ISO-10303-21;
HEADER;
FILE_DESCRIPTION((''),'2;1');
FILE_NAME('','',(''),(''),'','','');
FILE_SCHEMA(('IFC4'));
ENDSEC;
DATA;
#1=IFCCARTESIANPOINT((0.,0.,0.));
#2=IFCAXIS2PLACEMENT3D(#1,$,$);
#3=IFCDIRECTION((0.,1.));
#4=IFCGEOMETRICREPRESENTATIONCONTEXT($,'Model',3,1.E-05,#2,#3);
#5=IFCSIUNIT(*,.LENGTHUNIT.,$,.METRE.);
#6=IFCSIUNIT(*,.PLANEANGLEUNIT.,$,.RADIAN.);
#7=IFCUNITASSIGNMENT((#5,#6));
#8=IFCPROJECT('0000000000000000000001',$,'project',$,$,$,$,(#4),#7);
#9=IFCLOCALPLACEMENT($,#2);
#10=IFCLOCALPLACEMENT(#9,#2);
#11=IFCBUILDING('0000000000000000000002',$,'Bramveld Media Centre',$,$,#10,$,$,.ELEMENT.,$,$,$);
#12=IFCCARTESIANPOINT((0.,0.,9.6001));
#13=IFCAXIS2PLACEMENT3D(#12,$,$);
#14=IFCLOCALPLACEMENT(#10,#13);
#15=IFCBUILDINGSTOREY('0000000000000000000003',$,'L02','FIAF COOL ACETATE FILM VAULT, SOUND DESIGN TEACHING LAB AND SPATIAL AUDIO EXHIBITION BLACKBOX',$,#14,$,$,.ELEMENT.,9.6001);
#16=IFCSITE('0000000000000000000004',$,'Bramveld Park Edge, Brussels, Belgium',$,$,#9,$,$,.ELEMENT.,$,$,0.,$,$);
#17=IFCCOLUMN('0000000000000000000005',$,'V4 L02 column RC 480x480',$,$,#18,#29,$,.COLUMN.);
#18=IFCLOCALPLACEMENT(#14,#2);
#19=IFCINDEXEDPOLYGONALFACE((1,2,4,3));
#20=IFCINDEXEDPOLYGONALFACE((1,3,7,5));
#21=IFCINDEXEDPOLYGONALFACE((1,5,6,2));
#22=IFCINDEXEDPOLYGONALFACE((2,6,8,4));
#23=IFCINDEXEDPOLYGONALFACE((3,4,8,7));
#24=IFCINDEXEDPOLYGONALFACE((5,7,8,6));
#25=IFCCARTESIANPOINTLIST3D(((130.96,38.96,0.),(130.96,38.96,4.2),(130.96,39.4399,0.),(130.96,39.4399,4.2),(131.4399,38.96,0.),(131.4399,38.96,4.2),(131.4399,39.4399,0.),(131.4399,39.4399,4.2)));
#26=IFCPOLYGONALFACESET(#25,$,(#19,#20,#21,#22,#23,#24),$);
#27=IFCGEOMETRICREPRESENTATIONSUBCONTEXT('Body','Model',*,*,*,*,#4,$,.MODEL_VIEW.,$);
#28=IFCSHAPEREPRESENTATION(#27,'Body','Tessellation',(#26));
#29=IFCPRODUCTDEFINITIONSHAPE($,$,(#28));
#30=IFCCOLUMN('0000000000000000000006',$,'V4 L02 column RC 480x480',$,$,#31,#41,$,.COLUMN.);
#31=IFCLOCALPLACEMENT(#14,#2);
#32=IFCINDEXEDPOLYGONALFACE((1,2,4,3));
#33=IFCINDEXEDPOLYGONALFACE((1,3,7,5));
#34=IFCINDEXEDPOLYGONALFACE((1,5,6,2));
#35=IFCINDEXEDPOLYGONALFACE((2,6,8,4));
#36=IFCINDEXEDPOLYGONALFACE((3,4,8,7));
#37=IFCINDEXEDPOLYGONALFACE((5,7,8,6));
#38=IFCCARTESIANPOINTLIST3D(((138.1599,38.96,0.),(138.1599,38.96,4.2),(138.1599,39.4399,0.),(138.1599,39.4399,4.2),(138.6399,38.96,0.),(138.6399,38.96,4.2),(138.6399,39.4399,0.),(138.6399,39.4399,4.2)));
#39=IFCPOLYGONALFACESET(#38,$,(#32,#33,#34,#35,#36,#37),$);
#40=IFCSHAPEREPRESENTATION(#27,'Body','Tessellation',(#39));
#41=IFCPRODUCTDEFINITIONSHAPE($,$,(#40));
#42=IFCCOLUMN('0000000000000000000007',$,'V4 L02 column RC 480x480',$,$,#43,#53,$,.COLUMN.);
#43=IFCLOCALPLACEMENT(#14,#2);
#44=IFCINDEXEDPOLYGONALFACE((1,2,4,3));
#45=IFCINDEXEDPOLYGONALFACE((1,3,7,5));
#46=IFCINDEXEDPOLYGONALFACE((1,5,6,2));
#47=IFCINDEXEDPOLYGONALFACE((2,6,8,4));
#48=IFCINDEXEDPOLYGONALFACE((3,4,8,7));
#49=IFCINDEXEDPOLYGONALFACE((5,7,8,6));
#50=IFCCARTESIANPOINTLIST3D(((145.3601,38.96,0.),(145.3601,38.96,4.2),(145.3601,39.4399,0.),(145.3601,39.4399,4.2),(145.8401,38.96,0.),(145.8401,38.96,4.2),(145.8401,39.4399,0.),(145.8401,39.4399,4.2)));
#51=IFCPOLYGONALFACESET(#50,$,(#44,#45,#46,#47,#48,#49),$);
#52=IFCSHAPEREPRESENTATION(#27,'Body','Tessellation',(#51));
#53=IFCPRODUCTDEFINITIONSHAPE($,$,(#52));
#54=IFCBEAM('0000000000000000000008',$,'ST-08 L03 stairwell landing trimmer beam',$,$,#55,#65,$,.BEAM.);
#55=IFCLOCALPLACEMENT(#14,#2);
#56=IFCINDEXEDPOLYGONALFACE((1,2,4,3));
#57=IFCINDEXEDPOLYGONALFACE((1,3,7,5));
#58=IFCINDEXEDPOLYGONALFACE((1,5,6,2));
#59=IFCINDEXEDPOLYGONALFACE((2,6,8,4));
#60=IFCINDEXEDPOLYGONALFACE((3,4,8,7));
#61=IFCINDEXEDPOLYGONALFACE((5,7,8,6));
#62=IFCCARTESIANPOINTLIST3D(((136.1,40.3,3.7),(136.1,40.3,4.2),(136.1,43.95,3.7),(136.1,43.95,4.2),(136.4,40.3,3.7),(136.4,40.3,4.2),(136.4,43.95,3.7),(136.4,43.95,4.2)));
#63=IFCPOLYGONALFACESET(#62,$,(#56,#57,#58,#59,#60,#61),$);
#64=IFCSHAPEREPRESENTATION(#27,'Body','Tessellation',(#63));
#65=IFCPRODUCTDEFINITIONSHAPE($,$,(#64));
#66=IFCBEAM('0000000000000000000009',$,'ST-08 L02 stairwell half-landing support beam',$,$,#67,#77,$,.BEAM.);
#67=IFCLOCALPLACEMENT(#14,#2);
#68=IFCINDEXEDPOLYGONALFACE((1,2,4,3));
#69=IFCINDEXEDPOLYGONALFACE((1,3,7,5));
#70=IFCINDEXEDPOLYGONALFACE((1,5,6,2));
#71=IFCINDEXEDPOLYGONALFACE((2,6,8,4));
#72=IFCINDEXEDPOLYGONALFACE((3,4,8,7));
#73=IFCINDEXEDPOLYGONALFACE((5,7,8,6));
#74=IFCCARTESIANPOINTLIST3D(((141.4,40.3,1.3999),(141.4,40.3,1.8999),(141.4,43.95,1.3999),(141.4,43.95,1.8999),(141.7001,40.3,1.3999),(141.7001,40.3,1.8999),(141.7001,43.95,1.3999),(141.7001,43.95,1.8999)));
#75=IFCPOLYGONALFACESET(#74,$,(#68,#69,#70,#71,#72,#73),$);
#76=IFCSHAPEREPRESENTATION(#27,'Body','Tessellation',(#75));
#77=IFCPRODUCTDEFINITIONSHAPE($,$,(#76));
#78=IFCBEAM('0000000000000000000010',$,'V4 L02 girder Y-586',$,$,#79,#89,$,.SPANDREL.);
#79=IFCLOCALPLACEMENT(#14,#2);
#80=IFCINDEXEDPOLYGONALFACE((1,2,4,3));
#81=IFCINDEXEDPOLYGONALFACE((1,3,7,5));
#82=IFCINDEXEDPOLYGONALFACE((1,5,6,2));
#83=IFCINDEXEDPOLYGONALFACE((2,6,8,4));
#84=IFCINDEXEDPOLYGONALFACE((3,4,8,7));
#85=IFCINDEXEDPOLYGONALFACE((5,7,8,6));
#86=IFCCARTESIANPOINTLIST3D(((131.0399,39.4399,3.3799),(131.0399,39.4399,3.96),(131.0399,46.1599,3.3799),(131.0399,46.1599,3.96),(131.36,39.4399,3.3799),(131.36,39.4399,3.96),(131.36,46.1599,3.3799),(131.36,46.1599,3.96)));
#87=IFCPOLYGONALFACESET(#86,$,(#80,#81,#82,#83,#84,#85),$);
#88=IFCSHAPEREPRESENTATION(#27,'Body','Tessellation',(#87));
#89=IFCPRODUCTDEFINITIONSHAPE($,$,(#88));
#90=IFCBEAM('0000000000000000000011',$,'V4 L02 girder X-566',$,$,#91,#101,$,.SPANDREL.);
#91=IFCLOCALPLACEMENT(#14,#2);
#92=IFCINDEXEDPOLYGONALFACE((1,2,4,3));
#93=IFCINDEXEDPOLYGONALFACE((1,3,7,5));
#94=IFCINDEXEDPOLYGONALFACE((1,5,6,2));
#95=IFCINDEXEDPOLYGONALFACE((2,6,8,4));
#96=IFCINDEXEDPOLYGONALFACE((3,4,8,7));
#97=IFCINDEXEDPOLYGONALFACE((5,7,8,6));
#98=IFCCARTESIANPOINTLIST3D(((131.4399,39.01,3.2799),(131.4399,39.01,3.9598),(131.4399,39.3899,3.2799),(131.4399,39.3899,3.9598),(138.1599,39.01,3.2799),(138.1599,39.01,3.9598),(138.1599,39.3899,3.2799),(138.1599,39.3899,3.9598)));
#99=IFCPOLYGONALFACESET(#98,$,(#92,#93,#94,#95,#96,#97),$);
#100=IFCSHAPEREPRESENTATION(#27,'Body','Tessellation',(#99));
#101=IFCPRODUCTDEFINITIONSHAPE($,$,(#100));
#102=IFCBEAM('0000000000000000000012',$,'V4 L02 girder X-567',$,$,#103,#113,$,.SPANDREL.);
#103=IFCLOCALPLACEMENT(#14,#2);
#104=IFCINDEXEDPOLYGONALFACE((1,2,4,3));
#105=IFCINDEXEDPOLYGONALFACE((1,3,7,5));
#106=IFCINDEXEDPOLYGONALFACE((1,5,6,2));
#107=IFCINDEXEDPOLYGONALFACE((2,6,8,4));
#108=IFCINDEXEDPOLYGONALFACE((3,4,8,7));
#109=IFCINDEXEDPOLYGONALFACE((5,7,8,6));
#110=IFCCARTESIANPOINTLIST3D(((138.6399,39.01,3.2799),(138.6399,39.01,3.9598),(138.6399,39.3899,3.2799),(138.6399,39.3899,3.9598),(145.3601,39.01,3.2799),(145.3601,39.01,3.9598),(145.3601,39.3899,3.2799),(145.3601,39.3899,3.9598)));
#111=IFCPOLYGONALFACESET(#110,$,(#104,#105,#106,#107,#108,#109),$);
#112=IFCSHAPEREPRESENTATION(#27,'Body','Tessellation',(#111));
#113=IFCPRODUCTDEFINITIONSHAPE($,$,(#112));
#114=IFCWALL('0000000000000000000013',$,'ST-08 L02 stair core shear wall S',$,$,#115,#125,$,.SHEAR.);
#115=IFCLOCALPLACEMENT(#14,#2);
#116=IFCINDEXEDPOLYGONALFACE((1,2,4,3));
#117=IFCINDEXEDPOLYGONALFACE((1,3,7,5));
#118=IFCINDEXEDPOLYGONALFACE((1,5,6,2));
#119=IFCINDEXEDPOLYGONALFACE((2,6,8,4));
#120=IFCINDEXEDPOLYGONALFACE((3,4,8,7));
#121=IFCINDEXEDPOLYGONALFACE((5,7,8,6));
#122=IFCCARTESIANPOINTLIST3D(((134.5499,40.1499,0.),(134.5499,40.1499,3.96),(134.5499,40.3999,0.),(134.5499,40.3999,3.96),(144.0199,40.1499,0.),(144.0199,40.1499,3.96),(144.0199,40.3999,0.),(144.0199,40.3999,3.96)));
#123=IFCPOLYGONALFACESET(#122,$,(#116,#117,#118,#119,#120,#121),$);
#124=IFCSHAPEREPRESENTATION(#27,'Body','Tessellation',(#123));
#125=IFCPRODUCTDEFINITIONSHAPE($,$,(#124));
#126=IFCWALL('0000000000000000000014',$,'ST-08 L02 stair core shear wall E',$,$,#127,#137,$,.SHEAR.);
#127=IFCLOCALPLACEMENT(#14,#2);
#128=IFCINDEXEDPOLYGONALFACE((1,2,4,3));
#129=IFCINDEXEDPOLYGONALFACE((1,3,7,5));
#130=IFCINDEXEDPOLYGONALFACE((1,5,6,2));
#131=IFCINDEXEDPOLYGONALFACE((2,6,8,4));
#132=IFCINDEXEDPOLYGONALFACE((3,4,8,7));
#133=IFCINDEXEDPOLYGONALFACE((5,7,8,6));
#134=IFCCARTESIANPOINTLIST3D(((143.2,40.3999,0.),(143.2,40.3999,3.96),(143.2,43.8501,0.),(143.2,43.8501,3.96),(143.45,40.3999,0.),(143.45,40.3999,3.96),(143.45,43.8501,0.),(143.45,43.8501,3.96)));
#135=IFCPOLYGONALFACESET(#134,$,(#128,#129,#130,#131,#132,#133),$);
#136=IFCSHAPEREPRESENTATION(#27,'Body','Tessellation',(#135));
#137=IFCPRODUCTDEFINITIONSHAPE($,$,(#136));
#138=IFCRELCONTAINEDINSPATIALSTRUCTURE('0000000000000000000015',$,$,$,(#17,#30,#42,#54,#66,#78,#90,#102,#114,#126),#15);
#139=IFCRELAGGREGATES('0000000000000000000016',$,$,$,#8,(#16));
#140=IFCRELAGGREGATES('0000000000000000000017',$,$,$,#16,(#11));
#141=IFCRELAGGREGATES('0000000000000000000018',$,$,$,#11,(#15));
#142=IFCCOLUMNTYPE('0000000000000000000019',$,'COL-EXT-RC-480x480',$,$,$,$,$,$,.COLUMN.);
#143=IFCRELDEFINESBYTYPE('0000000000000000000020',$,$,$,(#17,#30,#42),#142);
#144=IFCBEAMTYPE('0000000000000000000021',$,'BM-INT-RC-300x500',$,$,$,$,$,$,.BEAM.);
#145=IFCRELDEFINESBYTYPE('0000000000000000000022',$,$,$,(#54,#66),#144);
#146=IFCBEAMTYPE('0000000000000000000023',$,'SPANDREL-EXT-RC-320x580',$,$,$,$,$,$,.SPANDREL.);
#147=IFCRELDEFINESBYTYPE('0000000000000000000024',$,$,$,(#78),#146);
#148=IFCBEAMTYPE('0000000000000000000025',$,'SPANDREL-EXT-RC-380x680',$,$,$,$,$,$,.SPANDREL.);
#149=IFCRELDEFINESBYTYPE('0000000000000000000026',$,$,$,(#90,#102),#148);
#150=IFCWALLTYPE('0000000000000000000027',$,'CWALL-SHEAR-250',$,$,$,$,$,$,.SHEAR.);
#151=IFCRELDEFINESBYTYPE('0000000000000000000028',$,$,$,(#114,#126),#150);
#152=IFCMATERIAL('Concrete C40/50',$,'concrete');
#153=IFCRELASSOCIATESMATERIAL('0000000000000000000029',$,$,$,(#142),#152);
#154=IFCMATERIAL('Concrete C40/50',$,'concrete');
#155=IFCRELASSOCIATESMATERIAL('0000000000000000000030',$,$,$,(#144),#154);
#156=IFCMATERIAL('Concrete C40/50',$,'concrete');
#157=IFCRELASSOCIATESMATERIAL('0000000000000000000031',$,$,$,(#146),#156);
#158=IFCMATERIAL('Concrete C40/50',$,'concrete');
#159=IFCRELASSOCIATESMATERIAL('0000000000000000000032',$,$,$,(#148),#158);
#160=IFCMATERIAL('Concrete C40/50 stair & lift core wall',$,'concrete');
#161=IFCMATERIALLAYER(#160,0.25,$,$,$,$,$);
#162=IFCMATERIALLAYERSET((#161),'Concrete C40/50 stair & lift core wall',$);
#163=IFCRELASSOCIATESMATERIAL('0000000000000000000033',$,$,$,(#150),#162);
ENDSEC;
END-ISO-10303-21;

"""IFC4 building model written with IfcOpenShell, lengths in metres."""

from ifc_helpers import new_model, si_unit, direction, frame, frame_2d, origin, origin_2d, place, context, subcontext, project, spatial, rectangle, extrude, material, layer, layer_set, material_profile, profile_set, type_object, element, save


model = new_model("IFC4")

# Units and contexts
model_context = context("Model", 3, precision=1e-05, world=origin(), true_north=direction((0.0, 1.0)))
body_context = subcontext(model_context, "Body", "Model", "MODEL_VIEW")
ifc_project = project(units=[si_unit("LENGTHUNIT", "METRE"), si_unit("PLANEANGLEUNIT", "RADIAN")], contexts=[model_context])

# Site, building, storey
site_placement = place(None, origin())
site = spatial("IfcSite", under=ifc_project, at=site_placement, Name="Bramveld Park Edge, Brussels, Belgium", CompositionType="ELEMENT", RefElevation=0.0)
building_placement = place(site_placement, origin())
building = spatial("IfcBuilding", under=site, at=building_placement, Name="Bramveld Media Centre", CompositionType="ELEMENT")
storey_placement = place(building_placement, frame((0.0, 0.0, 9.6001)))
storey = spatial("IfcBuildingStorey", under=building, at=storey_placement, Name="L02", Description="FIAF COOL ACETATE FILM VAULT, SOUND DESIGN TEACHING LAB AND SPATIAL AUDIO EXHIBITION BLACKBOX", CompositionType="ELEMENT", Elevation=9.6001)

# Columns
ifc_material_1 = material(Name="Concrete C40/50", Category="concrete")
ifc_material_profile_1 = material_profile(ifc_material_1, rectangle(XDim=0.48, YDim=0.48, at=origin_2d()), Name="RC 480x480")
ifc_profile_set_1 = profile_set([ifc_material_profile_1], Name="Concrete C40/50")
column_type = type_object("IfcColumnType", Name="COL-EXT-RC-480x480", PredefinedType="COLUMN", material=ifc_profile_set_1)
for number, where, z_axis, x_axis, name in (
    (1, (131.2, 39.2, 0.0), (0.0, 0.0, 1.0), (1.0, 0.0, 0.0), "V4 L02 column RC 480x480"),
    (2, (138.3999, 39.2, 0.0), (0.0, 0.0, 1.0), (1.0, 0.0, 0.0), "V4 L02 column RC 480x480"),
    (3, (145.6001, 39.2, 0.0), (0.0, 0.0, 1.0), (1.0, 0.0, 0.0), "V4 L02 column RC 480x480"),
):
    element("IfcColumn", number, at=place(storey_placement, frame(where, z_axis=z_axis, x_axis=x_axis)), inside=storey, type_object=column_type, Name=name, PredefinedType="COLUMN", context=body_context, shape_type="SweptSolid", body=[
        extrude(rectangle(XDim=0.48, YDim=0.48, at=origin_2d()), origin(), (0.0, 0.0, 1.0), 4.2),
    ])

# Beams
ifc_material_2 = material(Name="Concrete C40/50", Category="concrete")
ifc_material_profile_2 = material_profile(ifc_material_2, rectangle(XDim=0.3, YDim=0.5, at=origin_2d()), Name="RC 300x500")
ifc_profile_set_2 = profile_set([ifc_material_profile_2], Name="Concrete C40/50")
beam_type_1 = type_object("IfcBeamType", Name="BM-INT-RC-300x500", PredefinedType="BEAM", material=ifc_profile_set_2)
for number, where, z_axis, x_axis, name in (
    (4, (136.25, 40.3, 3.95), (0.0, 1.0, 0.0), (-1.0, 0.0, 0.0), "ST-08 L03 stairwell landing trimmer beam"),
    (5, (141.55, 40.3, 1.6499), (0.0, 1.0, 0.0), (-1.0, 0.0, 0.0), "ST-08 L02 stairwell half-landing support beam"),
):
    element("IfcBeam", number, at=place(storey_placement, frame(where, z_axis=z_axis, x_axis=x_axis)), inside=storey, type_object=beam_type_1, Name=name, PredefinedType="BEAM", context=body_context, shape_type="SweptSolid", body=[
        extrude(rectangle(XDim=0.3, YDim=0.5, at=origin_2d()), origin(), (0.0, 0.0, 1.0), 3.6499),
    ])
ifc_material_3 = material(Name="Concrete C40/50", Category="concrete")
ifc_material_profile_3 = material_profile(ifc_material_3, rectangle(XDim=0.3201, YDim=0.5801, at=origin_2d()), Name="RC 320x580")
ifc_profile_set_3 = profile_set([ifc_material_profile_3], Name="Concrete C40/50")
beam_type_2 = type_object("IfcBeamType", Name="SPANDREL-EXT-RC-320x580", PredefinedType="SPANDREL", material=ifc_profile_set_3)
beam_1_placement = place(storey_placement, frame((131.2, 39.4399, 3.6699), z_axis=(0.0, 1.0, 0.0), x_axis=(-1.0, 0.0, 0.0)))
element("IfcBeam", 6, at=beam_1_placement, inside=storey, type_object=beam_type_2, Name="V4 L02 girder Y-586", PredefinedType="SPANDREL", context=body_context, shape_type="SweptSolid", body=[
    extrude(rectangle(XDim=0.3201, YDim=0.5801, at=origin_2d()), origin(), (0.0, 0.0, 1.0), 6.72),
])
ifc_material_4 = material(Name="Concrete C40/50", Category="concrete")
ifc_material_profile_4 = material_profile(ifc_material_4, rectangle(XDim=0.3799, YDim=0.6799, at=origin_2d()), Name="RC 380x680")
ifc_profile_set_4 = profile_set([ifc_material_profile_4], Name="Concrete C40/50")
beam_type_3 = type_object("IfcBeamType", Name="SPANDREL-EXT-RC-380x680", PredefinedType="SPANDREL", material=ifc_profile_set_4)
beam_2_placement = place(storey_placement, frame((131.4399, 39.2, 3.6199), z_axis=(1.0, 0.0, 0.0), x_axis=(0.0, 1.0, 0.0)))
element("IfcBeam", 7, at=beam_2_placement, inside=storey, type_object=beam_type_3, Name="V4 L02 girder X-566", PredefinedType="SPANDREL", context=body_context, shape_type="SweptSolid", body=[
    extrude(rectangle(XDim=0.3799, YDim=0.6799, at=origin_2d()), origin(), (0.0, 0.0, 1.0), 6.72),
])
beam_3_placement = place(storey_placement, frame((138.6399, 39.2, 3.6199), z_axis=(1.0, 0.0, 0.0), x_axis=(0.0, 1.0, 0.0)))
element("IfcBeam", 8, at=beam_3_placement, inside=storey, type_object=beam_type_3, Name="V4 L02 girder X-567", PredefinedType="SPANDREL", context=body_context, shape_type="SweptSolid", body=[
    extrude(rectangle(XDim=0.3799, YDim=0.6799, at=origin_2d()), origin(), (0.0, 0.0, 1.0), 6.7202),
])

# Walls
ifc_material_5 = material(Name="Concrete C40/50 stair & lift core wall", Category="concrete")
ifc_layer_1 = layer(ifc_material_5, 0.25)
ifc_layer_set_1 = layer_set([ifc_layer_1], Name="Concrete C40/50 stair & lift core wall")
wall_type_1 = type_object("IfcWallType", Name="CWALL-SHEAR-250", PredefinedType="SHEAR", material=ifc_layer_set_1)
wall_1_placement = place(storey_placement, frame((134.55, 40.2749, 0.0), z_axis=(0.0, 0.0, 1.0), x_axis=(1.0, 0.0, 0.0)))
element("IfcWall", 9, at=wall_1_placement, inside=storey, type_object=wall_type_1, Name="ST-08 L02 stair core shear wall S", PredefinedType="SHEAR", context=body_context, shape_type="SweptSolid", body=[
    extrude(rectangle(XDim=9.47, YDim=0.25, at=frame_2d((4.7349, 0.0))), origin(), (0.0, 0.0, 1.0), 3.96),
])
wall_2_placement = place(storey_placement, frame((143.325, 40.3999, 0.0), z_axis=(0.0, 0.0, 1.0), x_axis=(0.0, 1.0, 0.0)))
element("IfcWall", 10, at=wall_2_placement, inside=storey, type_object=wall_type_1, Name="ST-08 L02 stair core shear wall E", PredefinedType="SHEAR", context=body_context, shape_type="SweptSolid", body=[
    extrude(rectangle(XDim=3.4502, YDim=0.25, at=frame_2d((1.7251, 0.0))), origin(), (0.0, 0.0, 1.0), 3.96),
])

save(model, "model.ifc")
